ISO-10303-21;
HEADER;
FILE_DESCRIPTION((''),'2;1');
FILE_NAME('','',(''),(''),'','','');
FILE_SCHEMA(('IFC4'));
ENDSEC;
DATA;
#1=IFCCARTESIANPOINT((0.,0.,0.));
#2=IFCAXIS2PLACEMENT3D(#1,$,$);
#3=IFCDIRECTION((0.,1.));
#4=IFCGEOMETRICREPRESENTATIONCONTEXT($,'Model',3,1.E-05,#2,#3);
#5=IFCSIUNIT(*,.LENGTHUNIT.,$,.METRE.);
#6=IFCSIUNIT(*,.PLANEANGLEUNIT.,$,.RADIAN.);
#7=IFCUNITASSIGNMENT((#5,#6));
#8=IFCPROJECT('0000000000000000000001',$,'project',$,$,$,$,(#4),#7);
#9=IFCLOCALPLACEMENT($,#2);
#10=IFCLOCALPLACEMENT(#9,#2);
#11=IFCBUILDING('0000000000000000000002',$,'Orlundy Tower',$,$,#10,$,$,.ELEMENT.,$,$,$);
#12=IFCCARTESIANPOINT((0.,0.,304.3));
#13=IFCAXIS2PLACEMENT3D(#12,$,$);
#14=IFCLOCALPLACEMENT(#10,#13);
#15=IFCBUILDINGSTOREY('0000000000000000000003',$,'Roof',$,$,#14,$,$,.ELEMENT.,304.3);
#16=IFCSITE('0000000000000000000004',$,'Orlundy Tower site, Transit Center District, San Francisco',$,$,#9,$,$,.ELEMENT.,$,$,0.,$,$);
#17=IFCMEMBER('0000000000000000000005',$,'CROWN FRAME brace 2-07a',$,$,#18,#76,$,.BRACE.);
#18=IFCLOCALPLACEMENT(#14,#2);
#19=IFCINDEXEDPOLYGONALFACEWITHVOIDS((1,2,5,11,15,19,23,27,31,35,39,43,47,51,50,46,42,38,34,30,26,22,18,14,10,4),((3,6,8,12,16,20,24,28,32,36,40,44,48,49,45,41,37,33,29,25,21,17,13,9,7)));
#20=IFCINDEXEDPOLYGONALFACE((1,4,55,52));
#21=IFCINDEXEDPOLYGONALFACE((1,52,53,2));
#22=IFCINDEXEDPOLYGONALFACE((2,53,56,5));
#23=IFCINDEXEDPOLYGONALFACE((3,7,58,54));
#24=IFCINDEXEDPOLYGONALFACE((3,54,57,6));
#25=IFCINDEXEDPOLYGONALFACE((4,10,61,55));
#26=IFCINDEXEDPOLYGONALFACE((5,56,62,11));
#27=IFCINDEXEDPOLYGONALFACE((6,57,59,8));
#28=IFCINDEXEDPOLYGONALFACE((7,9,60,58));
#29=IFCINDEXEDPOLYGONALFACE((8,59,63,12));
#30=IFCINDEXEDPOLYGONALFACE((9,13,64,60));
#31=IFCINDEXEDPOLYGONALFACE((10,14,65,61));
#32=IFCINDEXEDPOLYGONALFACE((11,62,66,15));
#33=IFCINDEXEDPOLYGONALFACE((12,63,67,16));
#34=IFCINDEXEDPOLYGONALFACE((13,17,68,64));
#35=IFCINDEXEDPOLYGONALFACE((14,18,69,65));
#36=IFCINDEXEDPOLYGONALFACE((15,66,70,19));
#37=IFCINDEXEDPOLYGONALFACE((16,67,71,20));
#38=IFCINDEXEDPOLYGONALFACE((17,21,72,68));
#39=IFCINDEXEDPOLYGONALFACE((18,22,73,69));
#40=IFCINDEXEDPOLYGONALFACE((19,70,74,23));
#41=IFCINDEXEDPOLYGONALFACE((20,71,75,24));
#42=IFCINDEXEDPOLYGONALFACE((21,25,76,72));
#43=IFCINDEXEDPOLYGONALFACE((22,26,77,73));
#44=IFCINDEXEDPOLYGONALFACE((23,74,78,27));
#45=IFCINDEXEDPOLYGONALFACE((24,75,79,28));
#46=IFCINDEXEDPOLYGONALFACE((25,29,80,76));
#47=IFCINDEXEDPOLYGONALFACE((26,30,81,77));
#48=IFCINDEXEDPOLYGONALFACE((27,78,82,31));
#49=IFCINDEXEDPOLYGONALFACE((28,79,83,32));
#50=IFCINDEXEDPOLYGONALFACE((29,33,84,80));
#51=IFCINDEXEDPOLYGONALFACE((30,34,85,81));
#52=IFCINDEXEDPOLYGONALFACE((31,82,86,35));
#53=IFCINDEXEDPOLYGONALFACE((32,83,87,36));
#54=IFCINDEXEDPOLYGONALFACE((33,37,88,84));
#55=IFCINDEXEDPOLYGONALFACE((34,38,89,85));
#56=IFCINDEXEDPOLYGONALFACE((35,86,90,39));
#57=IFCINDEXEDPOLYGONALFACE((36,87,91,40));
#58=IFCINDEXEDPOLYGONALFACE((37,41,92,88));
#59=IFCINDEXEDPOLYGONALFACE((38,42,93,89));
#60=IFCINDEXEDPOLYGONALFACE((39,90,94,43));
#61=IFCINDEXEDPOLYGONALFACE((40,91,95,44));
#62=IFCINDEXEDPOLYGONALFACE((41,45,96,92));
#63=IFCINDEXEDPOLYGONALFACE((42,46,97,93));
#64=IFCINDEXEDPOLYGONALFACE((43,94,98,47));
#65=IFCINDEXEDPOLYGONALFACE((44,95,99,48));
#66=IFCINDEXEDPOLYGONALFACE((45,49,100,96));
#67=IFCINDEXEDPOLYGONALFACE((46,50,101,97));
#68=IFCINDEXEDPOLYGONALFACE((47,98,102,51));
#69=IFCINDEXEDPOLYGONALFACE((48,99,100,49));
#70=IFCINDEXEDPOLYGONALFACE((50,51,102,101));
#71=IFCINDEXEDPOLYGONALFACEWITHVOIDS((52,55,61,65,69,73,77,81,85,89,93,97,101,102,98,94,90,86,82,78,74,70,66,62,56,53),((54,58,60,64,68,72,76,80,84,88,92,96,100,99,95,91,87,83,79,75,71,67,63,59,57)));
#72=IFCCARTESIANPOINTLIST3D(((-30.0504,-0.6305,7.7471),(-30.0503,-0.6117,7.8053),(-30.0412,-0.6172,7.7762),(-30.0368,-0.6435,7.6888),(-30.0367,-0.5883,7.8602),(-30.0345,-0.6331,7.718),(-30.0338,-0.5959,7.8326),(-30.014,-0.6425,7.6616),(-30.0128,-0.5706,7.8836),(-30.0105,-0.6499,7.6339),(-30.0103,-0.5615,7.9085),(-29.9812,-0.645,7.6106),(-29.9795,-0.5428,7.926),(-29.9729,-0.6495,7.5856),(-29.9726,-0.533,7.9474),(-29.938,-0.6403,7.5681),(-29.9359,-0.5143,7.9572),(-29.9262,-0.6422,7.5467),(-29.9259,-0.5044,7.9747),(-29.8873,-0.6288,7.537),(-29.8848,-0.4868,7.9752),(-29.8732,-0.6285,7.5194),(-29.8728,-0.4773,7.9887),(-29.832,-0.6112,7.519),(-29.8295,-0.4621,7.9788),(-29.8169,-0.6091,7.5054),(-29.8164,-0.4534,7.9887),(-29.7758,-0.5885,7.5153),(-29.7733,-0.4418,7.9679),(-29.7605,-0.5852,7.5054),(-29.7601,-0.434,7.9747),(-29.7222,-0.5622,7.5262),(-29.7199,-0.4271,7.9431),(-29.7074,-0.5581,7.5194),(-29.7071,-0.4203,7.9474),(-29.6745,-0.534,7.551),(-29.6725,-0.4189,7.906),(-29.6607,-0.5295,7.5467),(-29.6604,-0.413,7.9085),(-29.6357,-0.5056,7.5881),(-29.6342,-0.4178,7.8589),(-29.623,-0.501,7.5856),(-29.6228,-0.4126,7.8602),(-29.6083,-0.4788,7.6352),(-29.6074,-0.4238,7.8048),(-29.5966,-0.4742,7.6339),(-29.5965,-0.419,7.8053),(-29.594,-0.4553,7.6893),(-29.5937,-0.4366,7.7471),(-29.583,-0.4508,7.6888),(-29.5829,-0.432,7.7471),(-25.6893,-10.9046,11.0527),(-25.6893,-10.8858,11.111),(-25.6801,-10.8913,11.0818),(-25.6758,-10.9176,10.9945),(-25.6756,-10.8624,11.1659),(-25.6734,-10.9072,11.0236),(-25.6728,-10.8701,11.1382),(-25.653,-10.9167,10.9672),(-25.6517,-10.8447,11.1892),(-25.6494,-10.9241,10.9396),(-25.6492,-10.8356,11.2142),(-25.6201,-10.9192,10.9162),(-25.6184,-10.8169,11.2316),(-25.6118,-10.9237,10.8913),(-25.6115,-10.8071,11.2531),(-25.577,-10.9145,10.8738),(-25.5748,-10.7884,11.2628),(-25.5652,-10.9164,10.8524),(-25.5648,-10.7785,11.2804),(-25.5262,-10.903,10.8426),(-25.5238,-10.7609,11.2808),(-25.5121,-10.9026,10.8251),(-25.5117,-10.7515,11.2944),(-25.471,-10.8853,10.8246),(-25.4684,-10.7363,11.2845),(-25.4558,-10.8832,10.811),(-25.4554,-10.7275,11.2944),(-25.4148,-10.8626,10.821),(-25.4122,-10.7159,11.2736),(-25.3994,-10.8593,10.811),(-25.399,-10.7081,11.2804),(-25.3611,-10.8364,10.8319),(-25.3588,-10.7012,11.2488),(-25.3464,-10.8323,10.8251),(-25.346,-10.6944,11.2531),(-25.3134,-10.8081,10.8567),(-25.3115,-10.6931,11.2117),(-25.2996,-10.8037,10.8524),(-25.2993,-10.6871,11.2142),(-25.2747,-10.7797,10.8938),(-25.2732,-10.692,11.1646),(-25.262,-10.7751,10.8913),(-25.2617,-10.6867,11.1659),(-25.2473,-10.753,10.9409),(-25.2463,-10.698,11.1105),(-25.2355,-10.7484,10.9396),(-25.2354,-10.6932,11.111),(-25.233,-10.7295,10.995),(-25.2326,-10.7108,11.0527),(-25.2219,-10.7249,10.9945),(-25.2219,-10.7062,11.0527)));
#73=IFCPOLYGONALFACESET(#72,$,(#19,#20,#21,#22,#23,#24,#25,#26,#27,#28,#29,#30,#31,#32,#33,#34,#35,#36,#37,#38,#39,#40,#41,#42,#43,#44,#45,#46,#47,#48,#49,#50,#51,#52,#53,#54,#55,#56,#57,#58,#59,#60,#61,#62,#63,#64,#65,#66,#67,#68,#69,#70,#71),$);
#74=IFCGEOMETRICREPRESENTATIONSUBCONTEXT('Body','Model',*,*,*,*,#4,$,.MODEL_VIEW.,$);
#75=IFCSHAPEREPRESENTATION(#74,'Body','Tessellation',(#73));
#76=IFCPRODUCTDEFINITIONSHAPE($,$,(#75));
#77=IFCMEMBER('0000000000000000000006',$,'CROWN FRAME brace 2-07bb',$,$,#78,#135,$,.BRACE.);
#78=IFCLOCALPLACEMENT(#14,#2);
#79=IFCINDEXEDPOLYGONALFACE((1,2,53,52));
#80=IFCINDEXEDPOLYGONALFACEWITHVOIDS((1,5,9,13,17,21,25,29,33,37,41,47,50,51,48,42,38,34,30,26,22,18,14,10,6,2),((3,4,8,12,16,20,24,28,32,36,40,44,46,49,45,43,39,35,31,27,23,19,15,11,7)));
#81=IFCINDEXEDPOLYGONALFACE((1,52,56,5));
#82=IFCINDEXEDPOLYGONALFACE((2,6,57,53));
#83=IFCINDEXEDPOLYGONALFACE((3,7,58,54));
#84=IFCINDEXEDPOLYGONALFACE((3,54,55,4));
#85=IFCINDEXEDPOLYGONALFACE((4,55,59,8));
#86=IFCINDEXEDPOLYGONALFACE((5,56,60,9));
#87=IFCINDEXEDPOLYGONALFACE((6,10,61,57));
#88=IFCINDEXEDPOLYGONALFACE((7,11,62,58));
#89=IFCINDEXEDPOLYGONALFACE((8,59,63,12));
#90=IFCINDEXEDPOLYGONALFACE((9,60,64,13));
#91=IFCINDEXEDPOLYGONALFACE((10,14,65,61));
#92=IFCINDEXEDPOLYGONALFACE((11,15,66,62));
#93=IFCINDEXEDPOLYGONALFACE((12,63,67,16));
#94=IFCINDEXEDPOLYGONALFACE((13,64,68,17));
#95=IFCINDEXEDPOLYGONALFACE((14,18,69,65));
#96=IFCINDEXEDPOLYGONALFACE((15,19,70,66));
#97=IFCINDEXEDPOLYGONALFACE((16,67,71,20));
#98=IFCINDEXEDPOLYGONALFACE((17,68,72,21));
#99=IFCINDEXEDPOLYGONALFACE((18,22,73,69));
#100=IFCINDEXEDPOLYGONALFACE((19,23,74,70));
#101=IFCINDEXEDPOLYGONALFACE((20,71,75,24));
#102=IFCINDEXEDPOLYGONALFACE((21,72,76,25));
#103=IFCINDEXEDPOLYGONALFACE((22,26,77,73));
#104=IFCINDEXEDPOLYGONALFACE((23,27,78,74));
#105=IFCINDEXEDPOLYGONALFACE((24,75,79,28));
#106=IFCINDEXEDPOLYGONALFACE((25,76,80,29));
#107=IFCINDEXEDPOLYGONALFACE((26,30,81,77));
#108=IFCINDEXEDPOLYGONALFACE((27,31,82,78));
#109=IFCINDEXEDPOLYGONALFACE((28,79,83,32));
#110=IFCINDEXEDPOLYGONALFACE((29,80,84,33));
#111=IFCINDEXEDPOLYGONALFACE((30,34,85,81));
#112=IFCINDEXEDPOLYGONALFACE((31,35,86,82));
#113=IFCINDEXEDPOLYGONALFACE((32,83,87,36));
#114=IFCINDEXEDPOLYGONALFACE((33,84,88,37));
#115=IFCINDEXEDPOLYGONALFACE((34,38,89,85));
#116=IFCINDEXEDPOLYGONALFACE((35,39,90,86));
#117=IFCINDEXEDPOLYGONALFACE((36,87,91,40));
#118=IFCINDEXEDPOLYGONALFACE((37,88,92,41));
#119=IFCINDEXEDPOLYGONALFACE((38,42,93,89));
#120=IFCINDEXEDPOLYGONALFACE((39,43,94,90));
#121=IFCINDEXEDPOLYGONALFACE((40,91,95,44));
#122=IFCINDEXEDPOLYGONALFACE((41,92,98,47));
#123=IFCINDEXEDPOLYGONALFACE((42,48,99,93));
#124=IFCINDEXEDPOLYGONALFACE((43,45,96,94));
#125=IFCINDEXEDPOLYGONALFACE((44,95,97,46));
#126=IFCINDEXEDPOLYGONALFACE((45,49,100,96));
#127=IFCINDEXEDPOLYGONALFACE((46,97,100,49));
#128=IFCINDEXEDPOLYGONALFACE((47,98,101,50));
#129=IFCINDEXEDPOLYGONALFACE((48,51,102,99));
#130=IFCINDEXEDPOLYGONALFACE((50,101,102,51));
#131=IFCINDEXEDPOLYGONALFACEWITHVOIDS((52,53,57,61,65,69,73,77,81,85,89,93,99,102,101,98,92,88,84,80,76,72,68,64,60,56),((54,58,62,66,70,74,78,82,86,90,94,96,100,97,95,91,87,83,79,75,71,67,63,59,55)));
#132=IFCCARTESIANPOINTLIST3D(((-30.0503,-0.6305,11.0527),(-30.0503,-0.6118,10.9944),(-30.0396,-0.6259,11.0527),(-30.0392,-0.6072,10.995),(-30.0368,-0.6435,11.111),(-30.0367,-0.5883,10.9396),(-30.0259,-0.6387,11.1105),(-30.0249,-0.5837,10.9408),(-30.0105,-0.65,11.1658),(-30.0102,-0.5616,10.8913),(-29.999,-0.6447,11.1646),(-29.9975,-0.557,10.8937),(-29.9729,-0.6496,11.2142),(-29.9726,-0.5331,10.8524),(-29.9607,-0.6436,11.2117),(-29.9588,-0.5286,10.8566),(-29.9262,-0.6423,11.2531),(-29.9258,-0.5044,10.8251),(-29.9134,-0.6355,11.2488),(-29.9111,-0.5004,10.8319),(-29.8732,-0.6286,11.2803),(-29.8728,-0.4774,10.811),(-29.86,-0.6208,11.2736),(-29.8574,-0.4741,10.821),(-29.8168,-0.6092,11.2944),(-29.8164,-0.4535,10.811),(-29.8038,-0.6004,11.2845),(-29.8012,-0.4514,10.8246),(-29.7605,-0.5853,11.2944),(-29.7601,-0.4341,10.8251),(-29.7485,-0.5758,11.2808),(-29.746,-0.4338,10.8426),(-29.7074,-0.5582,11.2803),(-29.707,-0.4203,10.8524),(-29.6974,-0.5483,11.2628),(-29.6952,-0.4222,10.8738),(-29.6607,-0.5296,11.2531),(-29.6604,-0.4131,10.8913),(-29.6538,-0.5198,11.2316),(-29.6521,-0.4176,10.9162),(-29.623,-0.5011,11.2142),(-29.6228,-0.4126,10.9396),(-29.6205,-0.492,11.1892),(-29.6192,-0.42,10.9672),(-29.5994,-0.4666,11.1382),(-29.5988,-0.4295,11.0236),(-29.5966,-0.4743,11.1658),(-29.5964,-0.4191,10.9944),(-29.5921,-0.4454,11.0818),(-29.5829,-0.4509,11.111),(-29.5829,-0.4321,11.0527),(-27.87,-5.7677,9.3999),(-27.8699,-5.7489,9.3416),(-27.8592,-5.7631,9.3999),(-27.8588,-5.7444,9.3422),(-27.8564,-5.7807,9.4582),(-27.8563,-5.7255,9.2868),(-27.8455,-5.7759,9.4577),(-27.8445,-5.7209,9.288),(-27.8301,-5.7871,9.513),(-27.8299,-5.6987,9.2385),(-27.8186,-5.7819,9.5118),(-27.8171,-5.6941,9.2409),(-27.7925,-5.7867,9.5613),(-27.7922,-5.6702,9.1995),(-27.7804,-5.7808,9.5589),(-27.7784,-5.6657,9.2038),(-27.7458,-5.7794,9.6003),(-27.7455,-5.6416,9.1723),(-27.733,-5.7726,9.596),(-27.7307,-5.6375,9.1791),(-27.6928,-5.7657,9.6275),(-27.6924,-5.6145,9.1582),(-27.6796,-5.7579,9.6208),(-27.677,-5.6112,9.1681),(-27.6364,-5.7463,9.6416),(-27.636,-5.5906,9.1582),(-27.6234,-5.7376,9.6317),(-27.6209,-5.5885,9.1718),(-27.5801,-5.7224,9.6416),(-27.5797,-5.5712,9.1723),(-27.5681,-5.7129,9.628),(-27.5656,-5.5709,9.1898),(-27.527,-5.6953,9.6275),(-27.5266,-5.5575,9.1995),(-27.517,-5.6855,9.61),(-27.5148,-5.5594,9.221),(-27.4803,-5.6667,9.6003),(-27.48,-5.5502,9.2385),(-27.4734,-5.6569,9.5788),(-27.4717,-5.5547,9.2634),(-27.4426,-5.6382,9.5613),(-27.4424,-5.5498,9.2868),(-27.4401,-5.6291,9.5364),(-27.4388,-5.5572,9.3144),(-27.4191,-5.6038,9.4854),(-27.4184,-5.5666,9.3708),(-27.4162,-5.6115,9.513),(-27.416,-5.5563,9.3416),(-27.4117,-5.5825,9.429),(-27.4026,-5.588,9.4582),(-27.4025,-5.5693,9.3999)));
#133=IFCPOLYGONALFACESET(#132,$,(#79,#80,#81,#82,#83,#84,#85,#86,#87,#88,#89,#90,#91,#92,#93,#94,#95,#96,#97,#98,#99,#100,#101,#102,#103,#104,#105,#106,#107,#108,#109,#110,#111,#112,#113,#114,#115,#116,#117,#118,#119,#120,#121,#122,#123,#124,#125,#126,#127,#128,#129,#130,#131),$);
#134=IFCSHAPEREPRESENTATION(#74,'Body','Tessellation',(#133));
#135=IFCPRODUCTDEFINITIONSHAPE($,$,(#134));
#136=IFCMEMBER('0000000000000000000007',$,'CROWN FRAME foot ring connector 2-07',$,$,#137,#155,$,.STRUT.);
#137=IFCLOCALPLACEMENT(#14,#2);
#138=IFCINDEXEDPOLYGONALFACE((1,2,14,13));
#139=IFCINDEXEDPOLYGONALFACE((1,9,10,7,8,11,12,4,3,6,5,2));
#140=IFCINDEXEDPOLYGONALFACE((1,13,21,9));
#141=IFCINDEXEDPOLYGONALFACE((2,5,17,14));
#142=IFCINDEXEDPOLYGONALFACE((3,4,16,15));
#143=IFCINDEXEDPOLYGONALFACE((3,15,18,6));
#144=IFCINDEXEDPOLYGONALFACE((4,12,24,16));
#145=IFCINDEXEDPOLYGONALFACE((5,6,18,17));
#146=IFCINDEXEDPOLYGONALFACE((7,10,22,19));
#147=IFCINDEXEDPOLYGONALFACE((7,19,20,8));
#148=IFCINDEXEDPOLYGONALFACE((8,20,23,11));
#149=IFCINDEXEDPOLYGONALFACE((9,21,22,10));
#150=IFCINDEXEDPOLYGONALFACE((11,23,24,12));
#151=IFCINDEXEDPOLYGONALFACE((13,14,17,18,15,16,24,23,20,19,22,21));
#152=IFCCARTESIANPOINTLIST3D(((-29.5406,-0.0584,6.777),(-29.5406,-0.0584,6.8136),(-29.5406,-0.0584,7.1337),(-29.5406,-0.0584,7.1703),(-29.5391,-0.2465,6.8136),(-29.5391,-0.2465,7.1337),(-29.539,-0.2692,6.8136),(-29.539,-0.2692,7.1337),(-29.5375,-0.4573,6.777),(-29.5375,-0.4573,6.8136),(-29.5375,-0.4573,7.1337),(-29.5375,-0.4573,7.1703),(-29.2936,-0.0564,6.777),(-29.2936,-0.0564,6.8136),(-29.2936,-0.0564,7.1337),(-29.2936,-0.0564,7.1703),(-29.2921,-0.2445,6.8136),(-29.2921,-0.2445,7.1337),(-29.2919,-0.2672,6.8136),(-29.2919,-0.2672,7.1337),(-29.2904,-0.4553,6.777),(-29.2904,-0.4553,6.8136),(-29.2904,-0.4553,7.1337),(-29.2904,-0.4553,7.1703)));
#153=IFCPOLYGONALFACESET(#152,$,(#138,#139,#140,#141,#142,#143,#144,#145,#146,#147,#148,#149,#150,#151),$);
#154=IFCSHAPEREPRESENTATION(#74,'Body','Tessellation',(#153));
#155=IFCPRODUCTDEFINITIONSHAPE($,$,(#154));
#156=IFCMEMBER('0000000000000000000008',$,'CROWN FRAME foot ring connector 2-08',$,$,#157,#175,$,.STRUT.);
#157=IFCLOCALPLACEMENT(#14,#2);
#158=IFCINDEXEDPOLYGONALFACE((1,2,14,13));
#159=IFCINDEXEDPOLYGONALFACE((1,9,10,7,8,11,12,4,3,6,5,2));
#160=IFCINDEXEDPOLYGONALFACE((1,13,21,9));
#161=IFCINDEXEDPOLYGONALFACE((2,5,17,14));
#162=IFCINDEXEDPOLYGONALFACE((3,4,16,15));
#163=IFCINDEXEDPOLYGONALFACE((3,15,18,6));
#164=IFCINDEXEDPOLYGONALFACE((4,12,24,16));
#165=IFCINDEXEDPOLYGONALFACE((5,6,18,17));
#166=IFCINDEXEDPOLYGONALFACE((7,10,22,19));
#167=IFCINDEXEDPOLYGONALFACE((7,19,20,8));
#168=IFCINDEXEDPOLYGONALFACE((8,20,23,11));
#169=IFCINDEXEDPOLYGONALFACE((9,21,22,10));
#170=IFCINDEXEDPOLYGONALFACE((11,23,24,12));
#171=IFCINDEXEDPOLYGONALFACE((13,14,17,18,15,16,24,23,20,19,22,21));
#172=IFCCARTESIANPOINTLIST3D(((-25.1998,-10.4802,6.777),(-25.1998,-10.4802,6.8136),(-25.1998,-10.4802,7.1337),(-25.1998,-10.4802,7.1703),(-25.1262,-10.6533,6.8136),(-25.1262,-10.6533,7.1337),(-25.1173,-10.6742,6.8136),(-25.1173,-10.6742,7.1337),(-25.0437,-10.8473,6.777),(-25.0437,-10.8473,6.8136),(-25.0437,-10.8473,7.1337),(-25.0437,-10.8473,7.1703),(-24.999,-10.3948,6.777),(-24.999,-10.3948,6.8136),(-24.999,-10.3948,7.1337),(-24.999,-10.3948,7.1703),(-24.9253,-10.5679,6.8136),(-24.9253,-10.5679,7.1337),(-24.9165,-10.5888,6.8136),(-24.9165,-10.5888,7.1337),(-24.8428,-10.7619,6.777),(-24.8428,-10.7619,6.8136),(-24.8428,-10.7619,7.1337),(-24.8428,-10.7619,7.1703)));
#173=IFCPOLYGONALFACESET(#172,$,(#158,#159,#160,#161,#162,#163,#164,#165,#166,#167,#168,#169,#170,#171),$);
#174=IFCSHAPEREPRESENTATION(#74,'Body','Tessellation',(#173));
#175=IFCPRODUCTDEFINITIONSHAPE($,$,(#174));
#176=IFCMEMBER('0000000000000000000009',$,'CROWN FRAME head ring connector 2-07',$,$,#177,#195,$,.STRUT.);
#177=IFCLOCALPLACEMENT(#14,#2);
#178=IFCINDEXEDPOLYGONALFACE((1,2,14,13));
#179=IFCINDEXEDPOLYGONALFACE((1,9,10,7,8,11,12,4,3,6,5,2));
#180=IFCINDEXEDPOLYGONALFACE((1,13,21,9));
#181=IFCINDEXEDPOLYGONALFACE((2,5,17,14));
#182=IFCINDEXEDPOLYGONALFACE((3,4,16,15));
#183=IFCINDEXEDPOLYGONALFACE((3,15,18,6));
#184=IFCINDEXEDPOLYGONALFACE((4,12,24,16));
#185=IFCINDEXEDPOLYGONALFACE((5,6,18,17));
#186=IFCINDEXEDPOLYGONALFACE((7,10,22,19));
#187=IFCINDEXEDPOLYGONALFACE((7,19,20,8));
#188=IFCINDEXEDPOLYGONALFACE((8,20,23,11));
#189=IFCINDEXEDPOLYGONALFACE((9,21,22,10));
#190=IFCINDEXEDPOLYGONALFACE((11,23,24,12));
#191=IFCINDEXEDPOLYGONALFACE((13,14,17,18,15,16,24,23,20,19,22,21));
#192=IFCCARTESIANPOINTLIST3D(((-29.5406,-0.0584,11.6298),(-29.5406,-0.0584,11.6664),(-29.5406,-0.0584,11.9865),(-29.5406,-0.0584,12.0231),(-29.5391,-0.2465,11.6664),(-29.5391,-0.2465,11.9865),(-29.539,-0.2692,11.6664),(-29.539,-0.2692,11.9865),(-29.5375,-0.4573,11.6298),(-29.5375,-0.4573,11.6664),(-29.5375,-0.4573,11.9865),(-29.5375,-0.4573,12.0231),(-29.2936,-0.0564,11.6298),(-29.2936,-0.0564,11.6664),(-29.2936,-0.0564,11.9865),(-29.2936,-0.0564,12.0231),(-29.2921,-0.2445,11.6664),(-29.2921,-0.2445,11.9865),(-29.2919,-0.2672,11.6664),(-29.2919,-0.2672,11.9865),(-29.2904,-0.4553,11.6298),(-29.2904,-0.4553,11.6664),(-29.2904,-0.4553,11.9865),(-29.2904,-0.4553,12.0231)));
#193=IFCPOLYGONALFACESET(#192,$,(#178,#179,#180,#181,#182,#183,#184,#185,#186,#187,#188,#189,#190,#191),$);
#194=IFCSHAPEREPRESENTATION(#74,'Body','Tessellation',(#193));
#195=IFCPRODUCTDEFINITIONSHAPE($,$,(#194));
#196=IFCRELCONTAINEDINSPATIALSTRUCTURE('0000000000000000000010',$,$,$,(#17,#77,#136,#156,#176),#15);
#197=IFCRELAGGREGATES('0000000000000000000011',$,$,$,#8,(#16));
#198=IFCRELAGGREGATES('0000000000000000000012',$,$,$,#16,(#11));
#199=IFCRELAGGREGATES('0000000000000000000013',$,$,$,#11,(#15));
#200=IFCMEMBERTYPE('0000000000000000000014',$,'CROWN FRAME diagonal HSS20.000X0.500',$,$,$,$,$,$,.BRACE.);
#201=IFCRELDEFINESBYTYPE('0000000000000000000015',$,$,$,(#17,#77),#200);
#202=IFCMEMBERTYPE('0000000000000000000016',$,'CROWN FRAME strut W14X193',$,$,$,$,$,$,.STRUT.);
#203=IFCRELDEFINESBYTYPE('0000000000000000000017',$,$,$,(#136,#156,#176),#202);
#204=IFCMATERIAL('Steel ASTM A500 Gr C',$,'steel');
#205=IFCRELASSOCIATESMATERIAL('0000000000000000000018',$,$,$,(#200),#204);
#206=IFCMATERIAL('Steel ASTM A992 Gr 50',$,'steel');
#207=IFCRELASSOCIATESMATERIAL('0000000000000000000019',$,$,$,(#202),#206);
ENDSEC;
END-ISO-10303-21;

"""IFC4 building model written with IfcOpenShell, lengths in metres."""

from ifc_helpers import new_model, si_unit, direction, frame, origin, origin_2d, place, context, subcontext, project, spatial, hollow_circle, i_section, extrude, material, material_profile, profile_set, type_object, element, save


model = new_model("IFC4")

# Units and contexts
model_context = context("Model", 3, precision=1e-05, world=origin(), true_north=direction((0.0, 1.0)))
body_context = subcontext(model_context, "Body", "Model", "MODEL_VIEW")
ifc_project = project(units=[si_unit("LENGTHUNIT", "METRE"), si_unit("PLANEANGLEUNIT", "RADIAN")], contexts=[model_context])

# Site, building, storey
site_placement = place(None, origin())
site = spatial("IfcSite", under=ifc_project, at=site_placement, Name="Orlundy Tower site, Transit Center District, San Francisco", CompositionType="ELEMENT", RefElevation=0.0)
building_placement = place(site_placement, origin())
building = spatial("IfcBuilding", under=site, at=building_placement, Name="Orlundy Tower", CompositionType="ELEMENT")
storey_placement = place(building_placement, frame((0.0, 0.0, 304.3)))
storey = spatial("IfcBuildingStorey", under=building, at=storey_placement, Name="Roof", CompositionType="ELEMENT", Elevation=304.3)

# Members
ifc_material_1 = material(Name="Steel ASTM A500 Gr C", Category="steel")
ifc_material_profile_1 = material_profile(ifc_material_1, hollow_circle(Radius=0.2539, WallThickness=0.0117, at=origin_2d()), Name="HSS20.000X0.500")
ifc_profile_set_1 = profile_set([ifc_material_profile_1], Name="Steel ASTM A500 Gr C")
member_type_1 = type_object("IfcMemberType", Name="CROWN FRAME diagonal HSS20.000X0.500", PredefinedType="BRACE", material=ifc_profile_set_1)
member_1_placement = place(storey_placement, frame((-29.8167, -0.5312, 7.7471), z_axis=(0.374642, -0.88261, 0.283976), x_axis=(0.920506, 0.390728, 0.0)))
element("IfcMember", 1, at=member_1_placement, inside=storey, type_object=member_type_1, Name="CROWN FRAME brace 2-07a", PredefinedType="BRACE", context=body_context, shape_type="SweptSolid", body=[
    extrude(hollow_circle(Radius=0.2539, WallThickness=0.0117, at=origin_2d()), origin(), (0.0, 0.0, 1.0), 11.6406),
])
member_2_placement = place(storey_placement, frame((-27.6362, -5.6685, 9.3999), z_axis=(-0.374617, 0.882622, 0.283973), x_axis=(-0.920517, -0.390702, 0.0)))
element("IfcMember", 2, at=member_2_placement, inside=storey, type_object=member_type_1, Name="CROWN FRAME brace 2-07bb", PredefinedType="BRACE", context=body_context, shape_type="SweptSolid", body=[
    extrude(hollow_circle(Radius=0.2539, WallThickness=0.0117, at=origin_2d()), origin(), (0.0, 0.0, 1.0), 5.8203),
])
ifc_material_2 = material(Name="Steel ASTM A992 Gr 50", Category="steel")
ifc_material_profile_2 = material_profile(ifc_material_2, i_section(OverallWidth=0.3989, OverallDepth=0.3933, WebThickness=0.0227, FlangeThickness=0.0366, at=origin_2d()), Name="W14X193")
ifc_profile_set_2 = profile_set([ifc_material_profile_2], Name="Steel ASTM A992 Gr 50")
member_type_2 = type_object("IfcMemberType", Name="CROWN FRAME strut W14X193", PredefinedType="STRUT", material=ifc_profile_set_2)
member_3_placement = place(storey_placement, frame((-29.292, -0.2559, 6.9736), z_axis=(-0.999969, -0.007905, 0.0), x_axis=(0.007905, -0.999969, 0.0)))
element("IfcMember", 3, at=member_3_placement, inside=storey, type_object=member_type_2, Name="CROWN FRAME foot ring connector 2-07", PredefinedType="STRUT", context=body_context, shape_type="SweptSolid", body=[
    extrude(i_section(OverallWidth=0.3989, OverallDepth=0.3933, WebThickness=0.0227, FlangeThickness=0.0366, at=origin_2d()), origin(), (0.0, 0.0, 1.0), 0.2471),
])
member_4_placement = place(storey_placement, frame((-24.9209, -10.5784, 6.9736), z_axis=(-0.92024, -0.391354, 0.0), x_axis=(0.391354, -0.92024, 0.0)))
element("IfcMember", 4, at=member_4_placement, inside=storey, type_object=member_type_2, Name="CROWN FRAME foot ring connector 2-08", PredefinedType="STRUT", context=body_context, shape_type="SweptSolid", body=[
    extrude(i_section(OverallWidth=0.3989, OverallDepth=0.3933, WebThickness=0.0227, FlangeThickness=0.0366, at=origin_2d()), origin(), (0.0, 0.0, 1.0), 0.2183),
])
member_5_placement = place(storey_placement, frame((-29.292, -0.2559, 11.8264), z_axis=(-0.999969, -0.007905, 0.0), x_axis=(0.007905, -0.999969, 0.0)))
element("IfcMember", 5, at=member_5_placement, inside=storey, type_object=member_type_2, Name="CROWN FRAME head ring connector 2-07", PredefinedType="STRUT", context=body_context, shape_type="SweptSolid", body=[
    extrude(i_section(OverallWidth=0.3989, OverallDepth=0.3933, WebThickness=0.0227, FlangeThickness=0.0366, at=origin_2d()), origin(), (0.0, 0.0, 1.0), 0.2471),
])

save(model, "model.ifc")
